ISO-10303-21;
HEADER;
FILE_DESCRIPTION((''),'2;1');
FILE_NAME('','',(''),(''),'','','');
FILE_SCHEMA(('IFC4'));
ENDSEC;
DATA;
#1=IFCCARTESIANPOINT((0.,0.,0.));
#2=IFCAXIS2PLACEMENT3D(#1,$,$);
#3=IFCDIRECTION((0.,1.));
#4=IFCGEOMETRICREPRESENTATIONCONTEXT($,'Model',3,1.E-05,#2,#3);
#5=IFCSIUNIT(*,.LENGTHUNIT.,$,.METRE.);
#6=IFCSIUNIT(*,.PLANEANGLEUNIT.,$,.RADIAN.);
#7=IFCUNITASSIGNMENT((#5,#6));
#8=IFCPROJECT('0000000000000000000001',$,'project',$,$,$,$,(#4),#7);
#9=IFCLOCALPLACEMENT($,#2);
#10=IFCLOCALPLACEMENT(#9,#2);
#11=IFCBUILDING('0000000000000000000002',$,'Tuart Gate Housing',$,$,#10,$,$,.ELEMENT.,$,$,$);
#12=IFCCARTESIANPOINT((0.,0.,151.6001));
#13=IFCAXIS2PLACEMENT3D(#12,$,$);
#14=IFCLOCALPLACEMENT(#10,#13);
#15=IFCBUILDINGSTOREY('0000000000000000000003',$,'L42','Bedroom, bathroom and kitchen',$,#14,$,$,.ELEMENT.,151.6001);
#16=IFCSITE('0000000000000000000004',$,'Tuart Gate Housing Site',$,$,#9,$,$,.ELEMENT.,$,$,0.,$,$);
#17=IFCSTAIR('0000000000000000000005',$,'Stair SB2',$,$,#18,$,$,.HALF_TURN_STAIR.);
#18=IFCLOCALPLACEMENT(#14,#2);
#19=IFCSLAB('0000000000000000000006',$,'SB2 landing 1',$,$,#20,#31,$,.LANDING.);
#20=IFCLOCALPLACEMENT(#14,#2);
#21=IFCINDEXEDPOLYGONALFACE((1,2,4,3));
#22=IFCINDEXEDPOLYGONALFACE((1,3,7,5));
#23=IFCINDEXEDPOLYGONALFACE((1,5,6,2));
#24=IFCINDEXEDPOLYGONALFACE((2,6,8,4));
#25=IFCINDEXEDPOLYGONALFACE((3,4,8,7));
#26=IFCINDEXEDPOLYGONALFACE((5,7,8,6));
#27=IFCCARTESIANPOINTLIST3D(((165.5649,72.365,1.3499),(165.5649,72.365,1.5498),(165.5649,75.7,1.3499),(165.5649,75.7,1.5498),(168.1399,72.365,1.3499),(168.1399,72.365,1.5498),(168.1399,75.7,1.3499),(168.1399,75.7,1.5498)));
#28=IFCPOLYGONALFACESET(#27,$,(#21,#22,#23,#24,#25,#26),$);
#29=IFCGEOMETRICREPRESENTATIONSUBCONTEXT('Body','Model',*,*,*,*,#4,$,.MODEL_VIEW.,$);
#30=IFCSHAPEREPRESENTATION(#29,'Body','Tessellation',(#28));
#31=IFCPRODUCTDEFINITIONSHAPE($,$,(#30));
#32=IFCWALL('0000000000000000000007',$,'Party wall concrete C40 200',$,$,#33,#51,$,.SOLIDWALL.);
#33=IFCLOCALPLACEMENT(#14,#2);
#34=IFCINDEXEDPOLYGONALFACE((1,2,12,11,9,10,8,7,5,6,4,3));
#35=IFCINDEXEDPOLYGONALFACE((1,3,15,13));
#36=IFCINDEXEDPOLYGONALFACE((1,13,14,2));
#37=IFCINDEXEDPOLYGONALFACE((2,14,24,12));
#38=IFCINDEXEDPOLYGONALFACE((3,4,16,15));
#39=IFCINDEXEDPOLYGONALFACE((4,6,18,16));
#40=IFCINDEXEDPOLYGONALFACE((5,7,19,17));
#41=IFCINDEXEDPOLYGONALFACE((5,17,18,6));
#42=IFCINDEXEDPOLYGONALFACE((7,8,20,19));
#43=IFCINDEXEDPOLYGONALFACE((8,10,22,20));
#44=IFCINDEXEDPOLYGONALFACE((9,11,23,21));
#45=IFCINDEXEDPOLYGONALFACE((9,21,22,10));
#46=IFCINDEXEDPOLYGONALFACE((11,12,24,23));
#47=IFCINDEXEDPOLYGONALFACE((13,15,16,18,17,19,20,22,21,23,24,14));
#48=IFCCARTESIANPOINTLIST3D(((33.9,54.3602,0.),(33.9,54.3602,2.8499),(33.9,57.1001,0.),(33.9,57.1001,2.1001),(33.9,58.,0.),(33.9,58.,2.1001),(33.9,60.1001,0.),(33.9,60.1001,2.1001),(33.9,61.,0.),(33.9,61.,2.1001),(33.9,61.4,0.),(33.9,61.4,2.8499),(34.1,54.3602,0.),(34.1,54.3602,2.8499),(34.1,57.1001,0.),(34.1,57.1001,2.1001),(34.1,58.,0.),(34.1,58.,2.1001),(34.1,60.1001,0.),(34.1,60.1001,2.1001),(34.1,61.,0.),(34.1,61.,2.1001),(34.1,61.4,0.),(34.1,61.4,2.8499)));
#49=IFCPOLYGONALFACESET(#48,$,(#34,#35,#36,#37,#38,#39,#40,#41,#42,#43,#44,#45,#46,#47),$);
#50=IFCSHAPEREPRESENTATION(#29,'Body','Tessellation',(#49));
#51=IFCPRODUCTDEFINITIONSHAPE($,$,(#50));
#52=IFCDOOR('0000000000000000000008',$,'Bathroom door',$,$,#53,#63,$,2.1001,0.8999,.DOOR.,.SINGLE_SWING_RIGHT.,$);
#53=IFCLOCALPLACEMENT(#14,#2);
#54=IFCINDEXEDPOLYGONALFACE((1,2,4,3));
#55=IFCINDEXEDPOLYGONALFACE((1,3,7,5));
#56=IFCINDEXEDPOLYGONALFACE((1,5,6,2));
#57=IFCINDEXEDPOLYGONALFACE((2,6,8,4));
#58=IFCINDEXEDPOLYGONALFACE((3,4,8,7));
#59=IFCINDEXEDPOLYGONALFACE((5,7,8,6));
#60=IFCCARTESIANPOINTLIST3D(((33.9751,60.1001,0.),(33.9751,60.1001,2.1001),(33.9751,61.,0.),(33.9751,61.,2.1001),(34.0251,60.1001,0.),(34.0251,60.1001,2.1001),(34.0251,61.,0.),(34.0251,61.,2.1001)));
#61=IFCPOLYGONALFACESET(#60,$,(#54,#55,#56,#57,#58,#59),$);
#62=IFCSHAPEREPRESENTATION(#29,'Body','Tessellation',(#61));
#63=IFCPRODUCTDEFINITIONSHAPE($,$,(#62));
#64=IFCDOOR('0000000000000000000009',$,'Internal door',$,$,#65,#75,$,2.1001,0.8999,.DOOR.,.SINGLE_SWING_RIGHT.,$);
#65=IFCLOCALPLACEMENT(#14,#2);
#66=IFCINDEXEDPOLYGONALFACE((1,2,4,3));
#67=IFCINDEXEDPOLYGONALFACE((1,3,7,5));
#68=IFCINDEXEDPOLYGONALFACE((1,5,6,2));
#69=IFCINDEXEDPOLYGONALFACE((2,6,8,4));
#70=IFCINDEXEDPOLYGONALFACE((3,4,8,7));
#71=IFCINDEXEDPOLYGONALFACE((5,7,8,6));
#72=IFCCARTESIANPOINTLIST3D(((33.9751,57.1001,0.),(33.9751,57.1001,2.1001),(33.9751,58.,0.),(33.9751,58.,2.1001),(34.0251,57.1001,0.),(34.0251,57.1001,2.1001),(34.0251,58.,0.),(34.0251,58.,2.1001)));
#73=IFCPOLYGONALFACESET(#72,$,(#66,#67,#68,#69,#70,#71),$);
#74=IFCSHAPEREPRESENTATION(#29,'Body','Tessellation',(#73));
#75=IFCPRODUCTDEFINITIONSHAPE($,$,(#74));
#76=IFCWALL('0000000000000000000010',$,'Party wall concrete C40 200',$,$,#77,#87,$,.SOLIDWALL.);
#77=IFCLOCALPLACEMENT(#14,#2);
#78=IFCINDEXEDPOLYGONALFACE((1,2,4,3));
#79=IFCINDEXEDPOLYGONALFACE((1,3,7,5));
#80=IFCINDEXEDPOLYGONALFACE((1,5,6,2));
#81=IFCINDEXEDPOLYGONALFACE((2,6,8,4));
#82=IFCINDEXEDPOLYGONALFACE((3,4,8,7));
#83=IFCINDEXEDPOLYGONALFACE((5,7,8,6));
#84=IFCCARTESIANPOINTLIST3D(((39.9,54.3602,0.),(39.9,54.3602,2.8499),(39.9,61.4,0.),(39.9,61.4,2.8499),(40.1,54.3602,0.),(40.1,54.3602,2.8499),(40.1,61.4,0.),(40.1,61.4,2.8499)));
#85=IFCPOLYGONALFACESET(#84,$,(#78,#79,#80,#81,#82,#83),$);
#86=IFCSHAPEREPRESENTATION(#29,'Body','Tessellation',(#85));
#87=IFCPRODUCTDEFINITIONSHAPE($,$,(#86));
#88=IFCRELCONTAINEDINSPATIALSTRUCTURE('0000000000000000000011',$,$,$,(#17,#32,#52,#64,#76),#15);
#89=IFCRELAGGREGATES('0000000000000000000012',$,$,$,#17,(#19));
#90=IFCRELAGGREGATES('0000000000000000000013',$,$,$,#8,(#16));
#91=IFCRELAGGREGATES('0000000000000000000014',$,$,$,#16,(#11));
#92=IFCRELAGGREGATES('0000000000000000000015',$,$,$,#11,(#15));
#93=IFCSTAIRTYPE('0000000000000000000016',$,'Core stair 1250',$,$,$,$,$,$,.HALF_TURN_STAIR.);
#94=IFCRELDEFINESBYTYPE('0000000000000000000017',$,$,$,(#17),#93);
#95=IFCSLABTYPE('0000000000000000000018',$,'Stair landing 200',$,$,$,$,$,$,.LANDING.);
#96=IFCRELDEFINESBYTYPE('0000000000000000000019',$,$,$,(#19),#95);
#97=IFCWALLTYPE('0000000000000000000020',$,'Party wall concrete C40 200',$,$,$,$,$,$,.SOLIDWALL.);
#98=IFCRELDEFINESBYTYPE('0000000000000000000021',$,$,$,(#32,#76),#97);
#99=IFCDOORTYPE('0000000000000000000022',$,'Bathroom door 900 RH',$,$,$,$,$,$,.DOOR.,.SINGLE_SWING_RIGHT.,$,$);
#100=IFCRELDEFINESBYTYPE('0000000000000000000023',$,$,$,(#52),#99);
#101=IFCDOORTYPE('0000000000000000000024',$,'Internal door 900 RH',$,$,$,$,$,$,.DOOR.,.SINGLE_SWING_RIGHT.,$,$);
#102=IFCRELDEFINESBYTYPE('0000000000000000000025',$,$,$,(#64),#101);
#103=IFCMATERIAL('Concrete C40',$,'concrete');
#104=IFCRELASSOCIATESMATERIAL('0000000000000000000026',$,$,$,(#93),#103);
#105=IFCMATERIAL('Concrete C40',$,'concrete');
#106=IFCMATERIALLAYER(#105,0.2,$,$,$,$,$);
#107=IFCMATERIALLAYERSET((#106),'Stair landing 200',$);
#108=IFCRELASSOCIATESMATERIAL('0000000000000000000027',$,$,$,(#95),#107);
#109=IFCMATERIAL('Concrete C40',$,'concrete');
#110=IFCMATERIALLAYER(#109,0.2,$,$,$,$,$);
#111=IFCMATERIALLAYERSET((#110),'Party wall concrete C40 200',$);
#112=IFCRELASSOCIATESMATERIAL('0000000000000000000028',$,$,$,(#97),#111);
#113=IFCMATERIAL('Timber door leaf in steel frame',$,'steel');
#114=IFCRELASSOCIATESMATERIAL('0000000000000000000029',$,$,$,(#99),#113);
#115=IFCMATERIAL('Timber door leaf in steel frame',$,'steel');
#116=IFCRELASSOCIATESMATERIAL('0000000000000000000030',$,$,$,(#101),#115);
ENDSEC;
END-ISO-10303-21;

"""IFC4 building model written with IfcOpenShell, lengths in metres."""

from ifc_helpers import new_model, si_unit, direction, frame, frame_2d, origin, place, context, subcontext, project, spatial, polyline, rectangle, outline, extrude, material, layer, layer_set, type_object, element, fill, aggregate, save


model = new_model("IFC4")

# Units and contexts
model_context = context("Model", 3, precision=1e-05, world=origin(), true_north=direction((0.0, 1.0)))
body_context = subcontext(model_context, "Body", "Model", "MODEL_VIEW")
ifc_project = project(units=[si_unit("LENGTHUNIT", "METRE"), si_unit("PLANEANGLEUNIT", "RADIAN")], contexts=[model_context])

# Site, building, storey
site_placement = place(None, origin())
site = spatial("IfcSite", under=ifc_project, at=site_placement, Name="Tuart Gate Housing Site", CompositionType="ELEMENT", RefElevation=0.0)
building_placement = place(site_placement, origin())
building = spatial("IfcBuilding", under=site, at=building_placement, Name="Tuart Gate Housing", CompositionType="ELEMENT")
storey_placement = place(building_placement, frame((0.0, 0.0, 151.6001)))
storey = spatial("IfcBuildingStorey", under=building, at=storey_placement, Name="L42", Description="Bedroom, bathroom and kitchen", CompositionType="ELEMENT", Elevation=151.6001)

# Stair, slab
ifc_material_1 = material(Name="Concrete C40", Category="concrete")
stair_type = type_object("IfcStairType", Name="Core stair 1250", PredefinedType="HALF_TURN_STAIR", material=ifc_material_1)
stair_placement = place(storey_placement, origin())
stair = element("IfcStair", 1, at=stair_placement, inside=storey, type_object=stair_type, Name="Stair SB2", PredefinedType="HALF_TURN_STAIR")
ifc_material_2 = material(Name="Concrete C40", Category="concrete")
ifc_layer_1 = layer(ifc_material_2, 0.2)
ifc_layer_set_1 = layer_set([ifc_layer_1], Name="Stair landing 200")
slab_type = type_object("IfcSlabType", Name="Stair landing 200", PredefinedType="LANDING", material=ifc_layer_set_1)
slab_placement = place(storey_placement, frame((0.0, 0.0, 1.3499)))
slab = element("IfcSlab", 2, at=slab_placement, type_object=slab_type, Name="SB2 landing 1", PredefinedType="LANDING", context=body_context, shape_type="SweptSolid", body=[
    extrude(outline(polyline([(165.5649, 72.365), (168.1399, 72.365), (168.1399, 75.7), (165.5649, 75.7), (165.5649, 72.365)])), origin(), (0.0, 0.0, 1.0), 0.2),
])
aggregate(stair, [slab])

# Wall, openings, doors
ifc_material_3 = material(Name="Concrete C40", Category="concrete")
ifc_layer_2 = layer(ifc_material_3, 0.2)
ifc_layer_set_2 = layer_set([ifc_layer_2], Name="Party wall concrete C40 200")
wall_type_1 = type_object("IfcWallType", Name="Party wall concrete C40 200", PredefinedType="SOLIDWALL", material=ifc_layer_set_2)
wall_1_placement = place(storey_placement, frame((34.0, 54.3601, 0.0), z_axis=(0.0, 0.0, 1.0), x_axis=(0.0, 1.0, 0.0)))
wall_1 = element("IfcWall", 3, at=wall_1_placement, inside=storey, type_object=wall_type_1, Name="Party wall concrete C40 200", PredefinedType="SOLIDWALL", context=body_context, shape_type="SweptSolid", body=[
    extrude(rectangle(XDim=7.0398, YDim=0.2, at=frame_2d((3.52, 0.0))), origin(), (0.0, 0.0, 1.0), 2.8499),
])
opening_1_placement = place(wall_1_placement, frame((2.74, 0.0, 0.0)))
opening_1 = element("IfcOpeningElement", 4, at=opening_1_placement, cuts=wall_1, PredefinedType="OPENING", context=body_context, shape_type="SweptSolid", body=[
    extrude(rectangle(XDim=0.8999, YDim=2.1001, at=frame_2d((0.45, 1.05))), frame((0.0, 0.1099, 0.0), z_axis=(0.0, -1.0, 0.0), x_axis=(1.0, 0.0, 0.0)), (0.0, 0.0, 1.0), 0.22),
])
opening_2_placement = place(wall_1_placement, frame((5.74, 0.0, 0.0)))
opening_2 = element("IfcOpeningElement", 5, at=opening_2_placement, cuts=wall_1, PredefinedType="OPENING", context=body_context, shape_type="SweptSolid", body=[
    extrude(rectangle(XDim=0.8999, YDim=2.1001, at=frame_2d((0.45, 1.05))), frame((0.0, 0.1099, 0.0), z_axis=(0.0, -1.0, 0.0), x_axis=(1.0, 0.0, 0.0)), (0.0, 0.0, 1.0), 0.22),
])
ifc_material_4 = material(Name="Timber door leaf in steel frame", Category="steel")
door_type_1 = type_object("IfcDoorType", Name="Bathroom door 900 RH", OperationType="SINGLE_SWING_RIGHT", PredefinedType="DOOR", material=ifc_material_4)
door_1_placement = place(opening_2_placement, origin())
door_1 = element("IfcDoor", 6, at=door_1_placement, inside=storey, type_object=door_type_1, Name="Bathroom door", OperationType="SINGLE_SWING_RIGHT", OverallHeight=2.1001, OverallWidth=0.8999, PredefinedType="DOOR", context=body_context, shape_type="SweptSolid", body=[
    extrude(rectangle(XDim=0.8999, YDim=2.1001, at=frame_2d((0.45, 1.05))), frame((0.0, 0.0249, 0.0), z_axis=(0.0, -1.0, 0.0), x_axis=(1.0, 0.0, 0.0)), (0.0, 0.0, 1.0), 0.05),
])
fill(opening_2, door_1)
ifc_material_5 = material(Name="Timber door leaf in steel frame", Category="steel")
door_type_2 = type_object("IfcDoorType", Name="Internal door 900 RH", OperationType="SINGLE_SWING_RIGHT", PredefinedType="DOOR", material=ifc_material_5)
door_2_placement = place(opening_1_placement, origin())
door_2 = element("IfcDoor", 7, at=door_2_placement, inside=storey, type_object=door_type_2, Name="Internal door", OperationType="SINGLE_SWING_RIGHT", OverallHeight=2.1001, OverallWidth=0.8999, PredefinedType="DOOR", context=body_context, shape_type="SweptSolid", body=[
    extrude(rectangle(XDim=0.8999, YDim=2.1001, at=frame_2d((0.45, 1.05))), frame((0.0, 0.0249, 0.0), z_axis=(0.0, -1.0, 0.0), x_axis=(1.0, 0.0, 0.0)), (0.0, 0.0, 1.0), 0.05),
])
fill(opening_1, door_2)

# Wall
wall_2_placement = place(storey_placement, frame((40.0, 54.3601, 0.0), z_axis=(0.0, 0.0, 1.0), x_axis=(0.0, 1.0, 0.0)))
element("IfcWall", 8, at=wall_2_placement, inside=storey, type_object=wall_type_1, Name="Party wall concrete C40 200", PredefinedType="SOLIDWALL", context=body_context, shape_type="SweptSolid", body=[
    extrude(rectangle(XDim=7.0398, YDim=0.2, at=frame_2d((3.52, 0.0))), origin(), (0.0, 0.0, 1.0), 2.8499),
])

save(model, "model.ifc")
